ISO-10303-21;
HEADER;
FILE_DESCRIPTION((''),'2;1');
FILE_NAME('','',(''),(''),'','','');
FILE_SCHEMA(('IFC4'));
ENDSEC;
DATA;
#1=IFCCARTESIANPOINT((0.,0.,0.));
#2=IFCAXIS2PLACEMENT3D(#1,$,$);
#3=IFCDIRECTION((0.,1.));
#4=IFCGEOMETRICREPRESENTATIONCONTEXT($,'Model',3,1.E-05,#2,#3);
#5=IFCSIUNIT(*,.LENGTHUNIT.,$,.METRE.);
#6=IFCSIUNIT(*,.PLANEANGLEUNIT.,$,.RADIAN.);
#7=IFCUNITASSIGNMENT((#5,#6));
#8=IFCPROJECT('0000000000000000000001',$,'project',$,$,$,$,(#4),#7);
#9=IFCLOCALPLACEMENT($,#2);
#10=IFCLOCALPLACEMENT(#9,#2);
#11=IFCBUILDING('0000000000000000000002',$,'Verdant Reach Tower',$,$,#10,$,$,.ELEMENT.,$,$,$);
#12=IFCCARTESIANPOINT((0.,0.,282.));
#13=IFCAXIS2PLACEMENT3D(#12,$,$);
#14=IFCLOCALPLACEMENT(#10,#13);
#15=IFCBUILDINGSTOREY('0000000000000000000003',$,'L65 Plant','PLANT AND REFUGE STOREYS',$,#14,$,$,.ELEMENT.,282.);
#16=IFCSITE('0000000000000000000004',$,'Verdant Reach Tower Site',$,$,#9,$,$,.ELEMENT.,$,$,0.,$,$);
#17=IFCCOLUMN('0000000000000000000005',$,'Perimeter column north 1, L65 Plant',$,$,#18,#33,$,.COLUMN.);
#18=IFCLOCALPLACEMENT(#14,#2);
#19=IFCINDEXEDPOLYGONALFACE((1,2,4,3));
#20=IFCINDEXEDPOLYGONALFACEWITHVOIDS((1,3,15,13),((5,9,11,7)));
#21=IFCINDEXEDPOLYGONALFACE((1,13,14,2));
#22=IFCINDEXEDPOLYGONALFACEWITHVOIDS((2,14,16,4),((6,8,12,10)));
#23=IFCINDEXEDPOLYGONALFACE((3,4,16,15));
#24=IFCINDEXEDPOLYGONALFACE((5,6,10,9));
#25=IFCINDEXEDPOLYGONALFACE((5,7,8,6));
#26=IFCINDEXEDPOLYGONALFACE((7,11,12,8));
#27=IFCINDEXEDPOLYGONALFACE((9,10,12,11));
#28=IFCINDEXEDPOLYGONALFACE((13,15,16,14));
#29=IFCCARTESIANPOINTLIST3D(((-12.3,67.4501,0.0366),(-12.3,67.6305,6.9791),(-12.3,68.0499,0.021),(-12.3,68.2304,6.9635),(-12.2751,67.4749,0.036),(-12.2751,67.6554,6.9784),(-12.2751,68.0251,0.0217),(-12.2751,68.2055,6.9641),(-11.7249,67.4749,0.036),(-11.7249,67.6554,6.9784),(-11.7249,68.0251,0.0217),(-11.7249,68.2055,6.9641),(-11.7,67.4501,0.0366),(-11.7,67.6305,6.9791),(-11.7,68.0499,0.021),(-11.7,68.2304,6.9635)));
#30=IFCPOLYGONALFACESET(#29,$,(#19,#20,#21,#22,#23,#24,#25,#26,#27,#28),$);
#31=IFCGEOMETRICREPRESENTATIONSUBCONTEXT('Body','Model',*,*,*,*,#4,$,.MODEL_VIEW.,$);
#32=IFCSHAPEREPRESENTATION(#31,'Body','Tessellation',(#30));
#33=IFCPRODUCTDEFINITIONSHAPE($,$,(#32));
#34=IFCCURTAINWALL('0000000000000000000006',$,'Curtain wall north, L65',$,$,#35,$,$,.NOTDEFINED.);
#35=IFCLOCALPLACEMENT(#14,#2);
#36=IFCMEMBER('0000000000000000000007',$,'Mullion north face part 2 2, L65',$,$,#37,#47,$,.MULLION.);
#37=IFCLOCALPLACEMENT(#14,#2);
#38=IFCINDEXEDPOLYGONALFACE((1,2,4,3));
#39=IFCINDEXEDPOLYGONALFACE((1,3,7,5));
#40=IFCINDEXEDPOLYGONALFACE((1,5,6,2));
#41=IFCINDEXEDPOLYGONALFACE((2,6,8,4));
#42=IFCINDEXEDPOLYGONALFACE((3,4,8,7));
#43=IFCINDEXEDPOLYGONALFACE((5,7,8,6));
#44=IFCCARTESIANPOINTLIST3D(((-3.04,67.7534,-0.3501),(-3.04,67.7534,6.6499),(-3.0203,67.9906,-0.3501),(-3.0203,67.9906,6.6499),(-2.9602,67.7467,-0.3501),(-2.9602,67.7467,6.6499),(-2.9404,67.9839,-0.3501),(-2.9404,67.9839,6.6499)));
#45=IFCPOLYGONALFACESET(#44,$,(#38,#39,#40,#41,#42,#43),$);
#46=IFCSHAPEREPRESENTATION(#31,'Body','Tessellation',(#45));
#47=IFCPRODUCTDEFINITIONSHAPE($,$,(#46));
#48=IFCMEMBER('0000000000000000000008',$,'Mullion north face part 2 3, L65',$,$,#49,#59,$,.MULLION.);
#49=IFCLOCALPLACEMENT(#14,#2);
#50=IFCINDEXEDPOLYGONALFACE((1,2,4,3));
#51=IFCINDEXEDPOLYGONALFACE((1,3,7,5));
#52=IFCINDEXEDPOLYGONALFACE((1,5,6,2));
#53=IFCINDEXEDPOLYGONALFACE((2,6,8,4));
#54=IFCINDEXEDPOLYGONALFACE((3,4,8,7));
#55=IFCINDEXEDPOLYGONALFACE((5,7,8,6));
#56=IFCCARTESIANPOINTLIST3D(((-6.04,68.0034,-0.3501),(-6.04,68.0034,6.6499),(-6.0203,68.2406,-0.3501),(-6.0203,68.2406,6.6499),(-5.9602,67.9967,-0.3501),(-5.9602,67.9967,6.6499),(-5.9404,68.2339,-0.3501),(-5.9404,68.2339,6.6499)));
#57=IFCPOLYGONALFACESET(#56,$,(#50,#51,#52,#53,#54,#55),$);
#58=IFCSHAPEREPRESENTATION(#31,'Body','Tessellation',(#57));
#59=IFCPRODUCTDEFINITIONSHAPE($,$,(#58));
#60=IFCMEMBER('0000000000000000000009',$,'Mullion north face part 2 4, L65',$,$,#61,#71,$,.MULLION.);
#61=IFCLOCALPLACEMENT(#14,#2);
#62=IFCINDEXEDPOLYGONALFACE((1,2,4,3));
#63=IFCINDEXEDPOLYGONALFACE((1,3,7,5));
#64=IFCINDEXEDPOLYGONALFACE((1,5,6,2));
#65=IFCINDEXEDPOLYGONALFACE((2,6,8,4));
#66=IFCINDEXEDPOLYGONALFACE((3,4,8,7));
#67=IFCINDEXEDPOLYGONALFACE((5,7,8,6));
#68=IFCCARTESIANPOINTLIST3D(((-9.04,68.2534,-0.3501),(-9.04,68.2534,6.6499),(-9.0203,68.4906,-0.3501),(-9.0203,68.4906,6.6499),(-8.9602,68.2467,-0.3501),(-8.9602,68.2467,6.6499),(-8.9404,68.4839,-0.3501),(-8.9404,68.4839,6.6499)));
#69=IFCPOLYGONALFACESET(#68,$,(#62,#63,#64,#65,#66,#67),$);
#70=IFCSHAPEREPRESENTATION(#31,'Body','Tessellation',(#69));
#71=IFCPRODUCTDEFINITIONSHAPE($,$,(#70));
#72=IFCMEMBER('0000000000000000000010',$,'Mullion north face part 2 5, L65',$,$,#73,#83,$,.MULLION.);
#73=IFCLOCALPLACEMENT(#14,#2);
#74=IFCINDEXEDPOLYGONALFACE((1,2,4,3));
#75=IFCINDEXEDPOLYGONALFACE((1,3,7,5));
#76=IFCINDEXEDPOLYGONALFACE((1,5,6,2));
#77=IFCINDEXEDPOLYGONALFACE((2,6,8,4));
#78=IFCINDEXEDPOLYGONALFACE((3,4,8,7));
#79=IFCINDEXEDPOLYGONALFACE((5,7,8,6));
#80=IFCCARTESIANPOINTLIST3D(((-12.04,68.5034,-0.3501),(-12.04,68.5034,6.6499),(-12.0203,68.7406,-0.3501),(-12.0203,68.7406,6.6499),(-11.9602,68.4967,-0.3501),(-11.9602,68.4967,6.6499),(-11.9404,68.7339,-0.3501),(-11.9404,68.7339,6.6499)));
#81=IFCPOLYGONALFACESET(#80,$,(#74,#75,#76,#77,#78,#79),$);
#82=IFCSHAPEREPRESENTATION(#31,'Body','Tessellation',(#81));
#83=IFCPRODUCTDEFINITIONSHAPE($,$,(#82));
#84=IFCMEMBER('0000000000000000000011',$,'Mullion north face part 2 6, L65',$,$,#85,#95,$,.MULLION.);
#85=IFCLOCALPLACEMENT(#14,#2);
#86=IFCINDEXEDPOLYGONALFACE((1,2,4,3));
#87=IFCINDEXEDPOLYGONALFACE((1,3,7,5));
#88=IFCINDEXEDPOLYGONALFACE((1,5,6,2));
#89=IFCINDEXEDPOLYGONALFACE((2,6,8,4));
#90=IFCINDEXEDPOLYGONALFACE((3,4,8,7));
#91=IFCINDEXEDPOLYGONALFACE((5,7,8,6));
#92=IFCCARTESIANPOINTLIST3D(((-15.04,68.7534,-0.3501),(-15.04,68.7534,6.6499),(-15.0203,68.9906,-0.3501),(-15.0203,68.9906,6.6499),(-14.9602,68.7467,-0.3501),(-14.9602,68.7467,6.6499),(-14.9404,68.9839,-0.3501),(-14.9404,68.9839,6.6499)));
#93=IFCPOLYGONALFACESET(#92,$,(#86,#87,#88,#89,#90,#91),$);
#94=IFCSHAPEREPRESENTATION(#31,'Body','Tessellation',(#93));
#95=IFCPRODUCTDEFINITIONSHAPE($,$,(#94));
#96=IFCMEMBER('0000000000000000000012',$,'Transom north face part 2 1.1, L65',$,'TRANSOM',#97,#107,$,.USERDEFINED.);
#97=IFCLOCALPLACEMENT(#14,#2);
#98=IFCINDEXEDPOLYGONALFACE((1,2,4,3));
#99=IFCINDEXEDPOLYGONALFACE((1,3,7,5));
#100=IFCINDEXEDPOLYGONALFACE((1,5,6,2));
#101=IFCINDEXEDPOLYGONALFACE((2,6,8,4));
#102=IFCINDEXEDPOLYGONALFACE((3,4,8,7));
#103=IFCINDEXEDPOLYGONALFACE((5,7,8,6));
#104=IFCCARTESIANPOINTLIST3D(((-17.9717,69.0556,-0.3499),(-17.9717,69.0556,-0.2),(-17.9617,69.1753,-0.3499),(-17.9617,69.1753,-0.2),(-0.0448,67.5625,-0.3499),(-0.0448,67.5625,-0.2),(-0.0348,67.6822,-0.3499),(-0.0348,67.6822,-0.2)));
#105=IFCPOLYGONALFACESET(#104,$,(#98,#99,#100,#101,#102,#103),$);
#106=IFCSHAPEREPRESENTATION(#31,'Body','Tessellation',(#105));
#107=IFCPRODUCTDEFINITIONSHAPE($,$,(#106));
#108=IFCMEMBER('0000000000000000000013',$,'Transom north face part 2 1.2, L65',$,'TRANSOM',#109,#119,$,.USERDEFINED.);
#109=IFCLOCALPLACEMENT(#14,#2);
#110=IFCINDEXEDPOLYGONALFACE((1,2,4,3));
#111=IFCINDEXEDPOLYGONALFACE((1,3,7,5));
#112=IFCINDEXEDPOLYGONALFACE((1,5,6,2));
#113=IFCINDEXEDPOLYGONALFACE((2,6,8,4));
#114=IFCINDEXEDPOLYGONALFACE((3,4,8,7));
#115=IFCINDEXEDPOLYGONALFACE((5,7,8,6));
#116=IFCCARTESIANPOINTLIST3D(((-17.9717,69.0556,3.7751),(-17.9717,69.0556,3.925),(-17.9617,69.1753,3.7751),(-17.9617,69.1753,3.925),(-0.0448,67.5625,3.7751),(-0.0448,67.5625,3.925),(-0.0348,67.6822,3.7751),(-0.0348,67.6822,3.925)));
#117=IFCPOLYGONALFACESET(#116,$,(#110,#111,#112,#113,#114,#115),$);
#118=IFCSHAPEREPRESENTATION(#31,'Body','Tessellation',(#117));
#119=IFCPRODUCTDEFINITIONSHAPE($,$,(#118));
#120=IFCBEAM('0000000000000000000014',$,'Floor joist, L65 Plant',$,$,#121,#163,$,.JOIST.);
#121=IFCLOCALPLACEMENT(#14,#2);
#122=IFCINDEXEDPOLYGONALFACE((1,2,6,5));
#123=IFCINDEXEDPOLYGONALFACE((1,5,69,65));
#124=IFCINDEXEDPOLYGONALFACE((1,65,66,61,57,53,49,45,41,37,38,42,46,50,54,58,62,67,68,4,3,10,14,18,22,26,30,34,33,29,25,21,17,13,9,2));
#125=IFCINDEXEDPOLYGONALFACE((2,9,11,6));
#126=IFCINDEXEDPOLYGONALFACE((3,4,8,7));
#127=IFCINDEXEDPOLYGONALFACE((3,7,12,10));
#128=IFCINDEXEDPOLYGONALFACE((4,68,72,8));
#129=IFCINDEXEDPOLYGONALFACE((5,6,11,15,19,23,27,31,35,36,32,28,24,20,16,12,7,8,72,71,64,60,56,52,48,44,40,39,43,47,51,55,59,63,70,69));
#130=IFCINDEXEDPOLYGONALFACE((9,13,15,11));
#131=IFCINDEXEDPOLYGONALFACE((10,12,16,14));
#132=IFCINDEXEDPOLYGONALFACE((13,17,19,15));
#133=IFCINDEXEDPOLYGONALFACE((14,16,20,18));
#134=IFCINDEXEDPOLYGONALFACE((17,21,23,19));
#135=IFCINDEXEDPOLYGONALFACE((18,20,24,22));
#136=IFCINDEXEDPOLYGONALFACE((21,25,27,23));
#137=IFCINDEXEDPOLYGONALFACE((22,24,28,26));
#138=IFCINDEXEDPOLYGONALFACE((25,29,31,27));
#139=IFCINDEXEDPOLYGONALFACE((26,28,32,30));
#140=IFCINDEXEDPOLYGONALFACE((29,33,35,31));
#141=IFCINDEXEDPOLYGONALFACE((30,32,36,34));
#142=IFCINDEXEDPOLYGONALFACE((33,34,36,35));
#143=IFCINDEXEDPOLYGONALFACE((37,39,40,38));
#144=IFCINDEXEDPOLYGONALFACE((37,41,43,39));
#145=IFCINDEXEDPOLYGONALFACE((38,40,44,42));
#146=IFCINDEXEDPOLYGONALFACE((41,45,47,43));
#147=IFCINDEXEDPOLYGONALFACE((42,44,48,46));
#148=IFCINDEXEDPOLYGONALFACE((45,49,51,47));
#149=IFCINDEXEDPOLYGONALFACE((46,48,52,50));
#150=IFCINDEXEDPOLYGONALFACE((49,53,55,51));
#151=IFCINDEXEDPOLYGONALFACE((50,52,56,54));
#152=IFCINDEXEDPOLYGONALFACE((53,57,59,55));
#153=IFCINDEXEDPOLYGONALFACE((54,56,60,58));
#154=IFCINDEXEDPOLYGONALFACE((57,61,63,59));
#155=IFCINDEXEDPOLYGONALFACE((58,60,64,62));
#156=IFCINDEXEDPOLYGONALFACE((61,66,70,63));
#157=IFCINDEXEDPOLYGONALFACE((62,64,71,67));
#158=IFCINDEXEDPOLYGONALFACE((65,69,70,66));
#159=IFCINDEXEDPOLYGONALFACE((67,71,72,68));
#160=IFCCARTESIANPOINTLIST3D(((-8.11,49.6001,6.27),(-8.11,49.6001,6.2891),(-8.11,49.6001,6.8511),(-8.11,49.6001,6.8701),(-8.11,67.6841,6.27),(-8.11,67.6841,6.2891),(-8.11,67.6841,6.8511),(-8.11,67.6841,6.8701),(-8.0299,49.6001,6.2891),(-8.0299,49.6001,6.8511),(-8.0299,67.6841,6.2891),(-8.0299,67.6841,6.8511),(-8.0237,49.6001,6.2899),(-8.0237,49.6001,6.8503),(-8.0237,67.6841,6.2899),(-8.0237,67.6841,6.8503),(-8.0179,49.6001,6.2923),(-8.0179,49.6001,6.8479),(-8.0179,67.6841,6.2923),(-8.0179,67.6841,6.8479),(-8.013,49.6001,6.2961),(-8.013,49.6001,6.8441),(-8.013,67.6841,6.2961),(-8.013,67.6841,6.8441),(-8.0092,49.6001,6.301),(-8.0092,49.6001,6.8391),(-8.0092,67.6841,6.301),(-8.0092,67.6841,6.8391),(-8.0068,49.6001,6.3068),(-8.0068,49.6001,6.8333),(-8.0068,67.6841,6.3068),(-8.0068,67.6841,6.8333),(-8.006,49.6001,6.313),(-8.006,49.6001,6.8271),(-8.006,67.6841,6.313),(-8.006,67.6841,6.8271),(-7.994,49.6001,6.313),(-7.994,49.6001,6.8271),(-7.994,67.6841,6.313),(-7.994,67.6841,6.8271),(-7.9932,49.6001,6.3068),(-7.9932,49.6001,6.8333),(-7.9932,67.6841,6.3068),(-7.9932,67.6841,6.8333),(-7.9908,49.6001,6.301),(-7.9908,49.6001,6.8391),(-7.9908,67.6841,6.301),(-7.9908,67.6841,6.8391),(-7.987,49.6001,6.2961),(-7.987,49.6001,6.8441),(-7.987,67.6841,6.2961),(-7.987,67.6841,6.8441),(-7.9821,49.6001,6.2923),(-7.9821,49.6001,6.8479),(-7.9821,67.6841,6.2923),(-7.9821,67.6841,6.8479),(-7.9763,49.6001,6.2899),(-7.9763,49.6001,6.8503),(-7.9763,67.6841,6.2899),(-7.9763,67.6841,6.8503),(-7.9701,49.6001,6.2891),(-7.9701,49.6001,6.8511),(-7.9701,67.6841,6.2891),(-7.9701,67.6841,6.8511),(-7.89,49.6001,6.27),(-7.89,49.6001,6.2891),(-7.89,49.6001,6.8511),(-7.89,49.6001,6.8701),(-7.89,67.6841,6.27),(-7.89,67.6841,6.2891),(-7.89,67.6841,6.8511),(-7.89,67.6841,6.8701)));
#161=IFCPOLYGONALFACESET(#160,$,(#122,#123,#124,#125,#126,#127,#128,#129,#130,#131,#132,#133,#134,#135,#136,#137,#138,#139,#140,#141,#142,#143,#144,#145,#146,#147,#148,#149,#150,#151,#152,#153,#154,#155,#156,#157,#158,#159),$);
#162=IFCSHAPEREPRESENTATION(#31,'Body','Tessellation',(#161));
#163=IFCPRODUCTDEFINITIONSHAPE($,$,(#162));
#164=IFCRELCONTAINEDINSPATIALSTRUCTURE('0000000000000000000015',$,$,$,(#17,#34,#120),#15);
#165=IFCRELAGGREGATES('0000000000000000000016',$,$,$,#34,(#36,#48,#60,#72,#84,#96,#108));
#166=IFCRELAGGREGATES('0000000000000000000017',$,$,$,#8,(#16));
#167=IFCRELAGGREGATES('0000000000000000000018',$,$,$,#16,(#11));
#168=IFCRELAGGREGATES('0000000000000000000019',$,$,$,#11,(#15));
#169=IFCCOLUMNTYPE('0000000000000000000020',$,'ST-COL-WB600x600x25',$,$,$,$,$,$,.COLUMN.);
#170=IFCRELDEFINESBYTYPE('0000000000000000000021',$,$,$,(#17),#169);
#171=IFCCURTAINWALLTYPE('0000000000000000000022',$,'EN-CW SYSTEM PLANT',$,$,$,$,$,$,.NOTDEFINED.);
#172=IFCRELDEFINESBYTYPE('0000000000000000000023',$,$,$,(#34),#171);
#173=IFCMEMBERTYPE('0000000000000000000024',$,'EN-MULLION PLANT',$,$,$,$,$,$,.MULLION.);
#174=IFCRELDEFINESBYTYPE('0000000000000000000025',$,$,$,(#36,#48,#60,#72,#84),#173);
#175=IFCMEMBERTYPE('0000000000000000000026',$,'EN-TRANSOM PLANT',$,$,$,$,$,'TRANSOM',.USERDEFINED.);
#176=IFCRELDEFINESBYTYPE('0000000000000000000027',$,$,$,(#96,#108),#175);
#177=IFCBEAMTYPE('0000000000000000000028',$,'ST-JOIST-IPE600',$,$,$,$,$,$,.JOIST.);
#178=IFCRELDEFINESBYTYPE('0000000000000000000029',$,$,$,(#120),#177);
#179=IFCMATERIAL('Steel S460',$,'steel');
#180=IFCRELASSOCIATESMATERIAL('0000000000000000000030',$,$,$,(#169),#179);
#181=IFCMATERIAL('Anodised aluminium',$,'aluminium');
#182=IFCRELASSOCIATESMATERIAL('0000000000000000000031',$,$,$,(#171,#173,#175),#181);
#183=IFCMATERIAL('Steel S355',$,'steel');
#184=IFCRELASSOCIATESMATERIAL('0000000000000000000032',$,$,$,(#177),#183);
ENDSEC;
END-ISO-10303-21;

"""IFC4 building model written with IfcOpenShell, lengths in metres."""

from ifc_helpers import new_model, si_unit, direction, frame, origin, origin_2d, place, context, subcontext, project, spatial, rectangle, hollow_rectangle, i_section, extrude, material, material_profile, profile_set, type_object, element, aggregate, save


model = new_model("IFC4")

# Units and contexts
model_context = context("Model", 3, precision=1e-05, world=origin(), true_north=direction((0.0, 1.0)))
body_context = subcontext(model_context, "Body", "Model", "MODEL_VIEW")
ifc_project = project(units=[si_unit("LENGTHUNIT", "METRE"), si_unit("PLANEANGLEUNIT", "RADIAN")], contexts=[model_context])

# Site, building, storey
site_placement = place(None, origin())
site = spatial("IfcSite", under=ifc_project, at=site_placement, Name="Verdant Reach Tower Site", CompositionType="ELEMENT", RefElevation=0.0)
building_placement = place(site_placement, origin())
building = spatial("IfcBuilding", under=site, at=building_placement, Name="Verdant Reach Tower", CompositionType="ELEMENT")
storey_placement = place(building_placement, frame((0.0, 0.0, 282.0)))
storey = spatial("IfcBuildingStorey", under=building, at=storey_placement, Name="L65 Plant", Description="PLANT AND REFUGE STOREYS", CompositionType="ELEMENT", Elevation=282.0)

# Column
ifc_material_1 = material(Name="Steel S460", Category="steel")
ifc_material_profile_1 = material_profile(ifc_material_1, hollow_rectangle(XDim=0.6001, YDim=0.6001, WallThickness=0.0249, at=origin_2d()), Name="WB 600x600x25")
ifc_profile_set_1 = profile_set([ifc_material_profile_1], Name="Steel S460")
column_type = type_object("IfcColumnType", Name="ST-COL-WB600x600x25", PredefinedType="COLUMN", material=ifc_profile_set_1)
column_placement = place(storey_placement, frame((-12.0, 67.75, 0.0288), z_axis=(0.0, 0.025979, 0.999662), x_axis=(-1.0, 0.0, 0.0)))
element("IfcColumn", 1, at=column_placement, inside=storey, type_object=column_type, Name="Perimeter column north 1, L65 Plant", PredefinedType="COLUMN", context=body_context, shape_type="SweptSolid", body=[
    extrude(hollow_rectangle(XDim=0.6001, YDim=0.6001, WallThickness=0.0249, at=origin_2d()), origin(), (0.0, 0.0, 1.0), 6.9448),
])

# Curtain wall, members
ifc_material_2 = material(Name="Anodised aluminium", Category="aluminium")
curtain_wall_type = type_object("IfcCurtainWallType", Name="EN-CW SYSTEM PLANT", PredefinedType="NOTDEFINED", material=ifc_material_2)
curtain_wall_placement = place(storey_placement, origin())
curtain_wall = element("IfcCurtainWall", 2, at=curtain_wall_placement, inside=storey, type_object=curtain_wall_type, Name="Curtain wall north, L65", PredefinedType="NOTDEFINED")
ifc_material_profile_2 = material_profile(ifc_material_2, rectangle(XDim=0.238, YDim=0.0801, at=origin_2d()), Name="Mullion 80x240")
ifc_profile_set_2 = profile_set([ifc_material_profile_2], Name="Anodised aluminium")
member_type_1 = type_object("IfcMemberType", Name="EN-MULLION PLANT", PredefinedType="MULLION", material=ifc_profile_set_2)
member_1_placement = place(storey_placement, frame((-2.9902, 67.8687, -0.3501), z_axis=(0.0, 0.0, 1.0), x_axis=(0.083045, 0.996546, 0.0)))
member_1 = element("IfcMember", 3, at=member_1_placement, type_object=member_type_1, Name="Mullion north face part 2 2, L65", PredefinedType="MULLION", context=body_context, shape_type="SweptSolid", body=[
    extrude(rectangle(XDim=0.238, YDim=0.0801, at=origin_2d()), origin(), (0.0, 0.0, 1.0), 7.0),
])
member_2_placement = place(storey_placement, frame((-5.9902, 68.1187, -0.3501), z_axis=(0.0, 0.0, 1.0), x_axis=(0.083045, 0.996546, 0.0)))
member_2 = element("IfcMember", 4, at=member_2_placement, type_object=member_type_1, Name="Mullion north face part 2 3, L65", PredefinedType="MULLION", context=body_context, shape_type="SweptSolid", body=[
    extrude(rectangle(XDim=0.238, YDim=0.0801, at=origin_2d()), origin(), (0.0, 0.0, 1.0), 7.0),
])
member_3_placement = place(storey_placement, frame((-8.9902, 68.3687, -0.3501), z_axis=(0.0, 0.0, 1.0), x_axis=(0.083045, 0.996546, 0.0)))
member_3 = element("IfcMember", 5, at=member_3_placement, type_object=member_type_1, Name="Mullion north face part 2 4, L65", PredefinedType="MULLION", context=body_context, shape_type="SweptSolid", body=[
    extrude(rectangle(XDim=0.238, YDim=0.0801, at=origin_2d()), origin(), (0.0, 0.0, 1.0), 7.0),
])
member_4_placement = place(storey_placement, frame((-11.9902, 68.6187, -0.3501), z_axis=(0.0, 0.0, 1.0), x_axis=(0.083045, 0.996546, 0.0)))
member_4 = element("IfcMember", 6, at=member_4_placement, type_object=member_type_1, Name="Mullion north face part 2 5, L65", PredefinedType="MULLION", context=body_context, shape_type="SweptSolid", body=[
    extrude(rectangle(XDim=0.238, YDim=0.0801, at=origin_2d()), origin(), (0.0, 0.0, 1.0), 7.0),
])
member_5_placement = place(storey_placement, frame((-14.9902, 68.8687, -0.3501), z_axis=(0.0, 0.0, 1.0), x_axis=(0.083045, 0.996546, 0.0)))
member_5 = element("IfcMember", 7, at=member_5_placement, type_object=member_type_1, Name="Mullion north face part 2 6, L65", PredefinedType="MULLION", context=body_context, shape_type="SweptSolid", body=[
    extrude(rectangle(XDim=0.238, YDim=0.0801, at=origin_2d()), origin(), (0.0, 0.0, 1.0), 7.0),
])
ifc_material_profile_3 = material_profile(ifc_material_2, rectangle(XDim=0.1201, YDim=0.1499, at=origin_2d()), Name="Transom 150x120")
ifc_profile_set_3 = profile_set([ifc_material_profile_3], Name="Anodised aluminium")
member_type_2 = type_object("IfcMemberType", Name="EN-TRANSOM PLANT", ElementType="TRANSOM", PredefinedType="USERDEFINED", material=ifc_profile_set_3)
member_6_placement = place(storey_placement, frame((-0.0398, 67.6223, -0.2749), z_axis=(-0.996549, 0.083004, 0.0), x_axis=(-0.083004, -0.996549, 0.0)))
member_6 = element("IfcMember", 8, at=member_6_placement, type_object=member_type_2, Name="Transom north face part 2 1.1, L65", ObjectType="TRANSOM", PredefinedType="USERDEFINED", context=body_context, shape_type="SweptSolid", body=[
    extrude(rectangle(XDim=0.1201, YDim=0.1499, at=origin_2d()), origin(), (0.0, 0.0, 1.0), 17.989),
])
member_7_placement = place(storey_placement, frame((-0.0398, 67.6223, 3.8501), z_axis=(-0.996549, 0.083004, 0.0), x_axis=(-0.083004, -0.996549, 0.0)))
member_7 = element("IfcMember", 9, at=member_7_placement, type_object=member_type_2, Name="Transom north face part 2 1.2, L65", ObjectType="TRANSOM", PredefinedType="USERDEFINED", context=body_context, shape_type="SweptSolid", body=[
    extrude(rectangle(XDim=0.1201, YDim=0.1499, at=origin_2d()), origin(), (0.0, 0.0, 1.0), 17.989),
])

# Beam
ifc_material_3 = material(Name="Steel S355", Category="steel")
ifc_material_profile_4 = material_profile(ifc_material_3, i_section(OverallWidth=0.22, OverallDepth=0.6001, WebThickness=0.012, FlangeThickness=0.019, FilletRadius=0.0239, at=origin_2d()), Name="IPE 600")
ifc_profile_set_4 = profile_set([ifc_material_profile_4], Name="Steel S355")
beam_type_1 = type_object("IfcBeamType", Name="ST-JOIST-IPE600", PredefinedType="JOIST", material=ifc_profile_set_4)
beam_1_placement = place(storey_placement, frame((-8.0, 49.6001, 6.5701), z_axis=(0.0, 1.0, 0.0), x_axis=(-1.0, 0.0, 0.0)))
element("IfcBeam", 10, at=beam_1_placement, inside=storey, type_object=beam_type_1, Name="Floor joist, L65 Plant", PredefinedType="JOIST", context=body_context, shape_type="SweptSolid", body=[
    extrude(i_section(OverallWidth=0.22, OverallDepth=0.6001, WebThickness=0.012, FlangeThickness=0.019, FilletRadius=0.0239, at=origin_2d()), origin(), (0.0, 0.0, 1.0), 18.084),
])

aggregate(curtain_wall, [member_1, member_2, member_3, member_4, member_5, member_6, member_7])

save(model, "model.ifc")
